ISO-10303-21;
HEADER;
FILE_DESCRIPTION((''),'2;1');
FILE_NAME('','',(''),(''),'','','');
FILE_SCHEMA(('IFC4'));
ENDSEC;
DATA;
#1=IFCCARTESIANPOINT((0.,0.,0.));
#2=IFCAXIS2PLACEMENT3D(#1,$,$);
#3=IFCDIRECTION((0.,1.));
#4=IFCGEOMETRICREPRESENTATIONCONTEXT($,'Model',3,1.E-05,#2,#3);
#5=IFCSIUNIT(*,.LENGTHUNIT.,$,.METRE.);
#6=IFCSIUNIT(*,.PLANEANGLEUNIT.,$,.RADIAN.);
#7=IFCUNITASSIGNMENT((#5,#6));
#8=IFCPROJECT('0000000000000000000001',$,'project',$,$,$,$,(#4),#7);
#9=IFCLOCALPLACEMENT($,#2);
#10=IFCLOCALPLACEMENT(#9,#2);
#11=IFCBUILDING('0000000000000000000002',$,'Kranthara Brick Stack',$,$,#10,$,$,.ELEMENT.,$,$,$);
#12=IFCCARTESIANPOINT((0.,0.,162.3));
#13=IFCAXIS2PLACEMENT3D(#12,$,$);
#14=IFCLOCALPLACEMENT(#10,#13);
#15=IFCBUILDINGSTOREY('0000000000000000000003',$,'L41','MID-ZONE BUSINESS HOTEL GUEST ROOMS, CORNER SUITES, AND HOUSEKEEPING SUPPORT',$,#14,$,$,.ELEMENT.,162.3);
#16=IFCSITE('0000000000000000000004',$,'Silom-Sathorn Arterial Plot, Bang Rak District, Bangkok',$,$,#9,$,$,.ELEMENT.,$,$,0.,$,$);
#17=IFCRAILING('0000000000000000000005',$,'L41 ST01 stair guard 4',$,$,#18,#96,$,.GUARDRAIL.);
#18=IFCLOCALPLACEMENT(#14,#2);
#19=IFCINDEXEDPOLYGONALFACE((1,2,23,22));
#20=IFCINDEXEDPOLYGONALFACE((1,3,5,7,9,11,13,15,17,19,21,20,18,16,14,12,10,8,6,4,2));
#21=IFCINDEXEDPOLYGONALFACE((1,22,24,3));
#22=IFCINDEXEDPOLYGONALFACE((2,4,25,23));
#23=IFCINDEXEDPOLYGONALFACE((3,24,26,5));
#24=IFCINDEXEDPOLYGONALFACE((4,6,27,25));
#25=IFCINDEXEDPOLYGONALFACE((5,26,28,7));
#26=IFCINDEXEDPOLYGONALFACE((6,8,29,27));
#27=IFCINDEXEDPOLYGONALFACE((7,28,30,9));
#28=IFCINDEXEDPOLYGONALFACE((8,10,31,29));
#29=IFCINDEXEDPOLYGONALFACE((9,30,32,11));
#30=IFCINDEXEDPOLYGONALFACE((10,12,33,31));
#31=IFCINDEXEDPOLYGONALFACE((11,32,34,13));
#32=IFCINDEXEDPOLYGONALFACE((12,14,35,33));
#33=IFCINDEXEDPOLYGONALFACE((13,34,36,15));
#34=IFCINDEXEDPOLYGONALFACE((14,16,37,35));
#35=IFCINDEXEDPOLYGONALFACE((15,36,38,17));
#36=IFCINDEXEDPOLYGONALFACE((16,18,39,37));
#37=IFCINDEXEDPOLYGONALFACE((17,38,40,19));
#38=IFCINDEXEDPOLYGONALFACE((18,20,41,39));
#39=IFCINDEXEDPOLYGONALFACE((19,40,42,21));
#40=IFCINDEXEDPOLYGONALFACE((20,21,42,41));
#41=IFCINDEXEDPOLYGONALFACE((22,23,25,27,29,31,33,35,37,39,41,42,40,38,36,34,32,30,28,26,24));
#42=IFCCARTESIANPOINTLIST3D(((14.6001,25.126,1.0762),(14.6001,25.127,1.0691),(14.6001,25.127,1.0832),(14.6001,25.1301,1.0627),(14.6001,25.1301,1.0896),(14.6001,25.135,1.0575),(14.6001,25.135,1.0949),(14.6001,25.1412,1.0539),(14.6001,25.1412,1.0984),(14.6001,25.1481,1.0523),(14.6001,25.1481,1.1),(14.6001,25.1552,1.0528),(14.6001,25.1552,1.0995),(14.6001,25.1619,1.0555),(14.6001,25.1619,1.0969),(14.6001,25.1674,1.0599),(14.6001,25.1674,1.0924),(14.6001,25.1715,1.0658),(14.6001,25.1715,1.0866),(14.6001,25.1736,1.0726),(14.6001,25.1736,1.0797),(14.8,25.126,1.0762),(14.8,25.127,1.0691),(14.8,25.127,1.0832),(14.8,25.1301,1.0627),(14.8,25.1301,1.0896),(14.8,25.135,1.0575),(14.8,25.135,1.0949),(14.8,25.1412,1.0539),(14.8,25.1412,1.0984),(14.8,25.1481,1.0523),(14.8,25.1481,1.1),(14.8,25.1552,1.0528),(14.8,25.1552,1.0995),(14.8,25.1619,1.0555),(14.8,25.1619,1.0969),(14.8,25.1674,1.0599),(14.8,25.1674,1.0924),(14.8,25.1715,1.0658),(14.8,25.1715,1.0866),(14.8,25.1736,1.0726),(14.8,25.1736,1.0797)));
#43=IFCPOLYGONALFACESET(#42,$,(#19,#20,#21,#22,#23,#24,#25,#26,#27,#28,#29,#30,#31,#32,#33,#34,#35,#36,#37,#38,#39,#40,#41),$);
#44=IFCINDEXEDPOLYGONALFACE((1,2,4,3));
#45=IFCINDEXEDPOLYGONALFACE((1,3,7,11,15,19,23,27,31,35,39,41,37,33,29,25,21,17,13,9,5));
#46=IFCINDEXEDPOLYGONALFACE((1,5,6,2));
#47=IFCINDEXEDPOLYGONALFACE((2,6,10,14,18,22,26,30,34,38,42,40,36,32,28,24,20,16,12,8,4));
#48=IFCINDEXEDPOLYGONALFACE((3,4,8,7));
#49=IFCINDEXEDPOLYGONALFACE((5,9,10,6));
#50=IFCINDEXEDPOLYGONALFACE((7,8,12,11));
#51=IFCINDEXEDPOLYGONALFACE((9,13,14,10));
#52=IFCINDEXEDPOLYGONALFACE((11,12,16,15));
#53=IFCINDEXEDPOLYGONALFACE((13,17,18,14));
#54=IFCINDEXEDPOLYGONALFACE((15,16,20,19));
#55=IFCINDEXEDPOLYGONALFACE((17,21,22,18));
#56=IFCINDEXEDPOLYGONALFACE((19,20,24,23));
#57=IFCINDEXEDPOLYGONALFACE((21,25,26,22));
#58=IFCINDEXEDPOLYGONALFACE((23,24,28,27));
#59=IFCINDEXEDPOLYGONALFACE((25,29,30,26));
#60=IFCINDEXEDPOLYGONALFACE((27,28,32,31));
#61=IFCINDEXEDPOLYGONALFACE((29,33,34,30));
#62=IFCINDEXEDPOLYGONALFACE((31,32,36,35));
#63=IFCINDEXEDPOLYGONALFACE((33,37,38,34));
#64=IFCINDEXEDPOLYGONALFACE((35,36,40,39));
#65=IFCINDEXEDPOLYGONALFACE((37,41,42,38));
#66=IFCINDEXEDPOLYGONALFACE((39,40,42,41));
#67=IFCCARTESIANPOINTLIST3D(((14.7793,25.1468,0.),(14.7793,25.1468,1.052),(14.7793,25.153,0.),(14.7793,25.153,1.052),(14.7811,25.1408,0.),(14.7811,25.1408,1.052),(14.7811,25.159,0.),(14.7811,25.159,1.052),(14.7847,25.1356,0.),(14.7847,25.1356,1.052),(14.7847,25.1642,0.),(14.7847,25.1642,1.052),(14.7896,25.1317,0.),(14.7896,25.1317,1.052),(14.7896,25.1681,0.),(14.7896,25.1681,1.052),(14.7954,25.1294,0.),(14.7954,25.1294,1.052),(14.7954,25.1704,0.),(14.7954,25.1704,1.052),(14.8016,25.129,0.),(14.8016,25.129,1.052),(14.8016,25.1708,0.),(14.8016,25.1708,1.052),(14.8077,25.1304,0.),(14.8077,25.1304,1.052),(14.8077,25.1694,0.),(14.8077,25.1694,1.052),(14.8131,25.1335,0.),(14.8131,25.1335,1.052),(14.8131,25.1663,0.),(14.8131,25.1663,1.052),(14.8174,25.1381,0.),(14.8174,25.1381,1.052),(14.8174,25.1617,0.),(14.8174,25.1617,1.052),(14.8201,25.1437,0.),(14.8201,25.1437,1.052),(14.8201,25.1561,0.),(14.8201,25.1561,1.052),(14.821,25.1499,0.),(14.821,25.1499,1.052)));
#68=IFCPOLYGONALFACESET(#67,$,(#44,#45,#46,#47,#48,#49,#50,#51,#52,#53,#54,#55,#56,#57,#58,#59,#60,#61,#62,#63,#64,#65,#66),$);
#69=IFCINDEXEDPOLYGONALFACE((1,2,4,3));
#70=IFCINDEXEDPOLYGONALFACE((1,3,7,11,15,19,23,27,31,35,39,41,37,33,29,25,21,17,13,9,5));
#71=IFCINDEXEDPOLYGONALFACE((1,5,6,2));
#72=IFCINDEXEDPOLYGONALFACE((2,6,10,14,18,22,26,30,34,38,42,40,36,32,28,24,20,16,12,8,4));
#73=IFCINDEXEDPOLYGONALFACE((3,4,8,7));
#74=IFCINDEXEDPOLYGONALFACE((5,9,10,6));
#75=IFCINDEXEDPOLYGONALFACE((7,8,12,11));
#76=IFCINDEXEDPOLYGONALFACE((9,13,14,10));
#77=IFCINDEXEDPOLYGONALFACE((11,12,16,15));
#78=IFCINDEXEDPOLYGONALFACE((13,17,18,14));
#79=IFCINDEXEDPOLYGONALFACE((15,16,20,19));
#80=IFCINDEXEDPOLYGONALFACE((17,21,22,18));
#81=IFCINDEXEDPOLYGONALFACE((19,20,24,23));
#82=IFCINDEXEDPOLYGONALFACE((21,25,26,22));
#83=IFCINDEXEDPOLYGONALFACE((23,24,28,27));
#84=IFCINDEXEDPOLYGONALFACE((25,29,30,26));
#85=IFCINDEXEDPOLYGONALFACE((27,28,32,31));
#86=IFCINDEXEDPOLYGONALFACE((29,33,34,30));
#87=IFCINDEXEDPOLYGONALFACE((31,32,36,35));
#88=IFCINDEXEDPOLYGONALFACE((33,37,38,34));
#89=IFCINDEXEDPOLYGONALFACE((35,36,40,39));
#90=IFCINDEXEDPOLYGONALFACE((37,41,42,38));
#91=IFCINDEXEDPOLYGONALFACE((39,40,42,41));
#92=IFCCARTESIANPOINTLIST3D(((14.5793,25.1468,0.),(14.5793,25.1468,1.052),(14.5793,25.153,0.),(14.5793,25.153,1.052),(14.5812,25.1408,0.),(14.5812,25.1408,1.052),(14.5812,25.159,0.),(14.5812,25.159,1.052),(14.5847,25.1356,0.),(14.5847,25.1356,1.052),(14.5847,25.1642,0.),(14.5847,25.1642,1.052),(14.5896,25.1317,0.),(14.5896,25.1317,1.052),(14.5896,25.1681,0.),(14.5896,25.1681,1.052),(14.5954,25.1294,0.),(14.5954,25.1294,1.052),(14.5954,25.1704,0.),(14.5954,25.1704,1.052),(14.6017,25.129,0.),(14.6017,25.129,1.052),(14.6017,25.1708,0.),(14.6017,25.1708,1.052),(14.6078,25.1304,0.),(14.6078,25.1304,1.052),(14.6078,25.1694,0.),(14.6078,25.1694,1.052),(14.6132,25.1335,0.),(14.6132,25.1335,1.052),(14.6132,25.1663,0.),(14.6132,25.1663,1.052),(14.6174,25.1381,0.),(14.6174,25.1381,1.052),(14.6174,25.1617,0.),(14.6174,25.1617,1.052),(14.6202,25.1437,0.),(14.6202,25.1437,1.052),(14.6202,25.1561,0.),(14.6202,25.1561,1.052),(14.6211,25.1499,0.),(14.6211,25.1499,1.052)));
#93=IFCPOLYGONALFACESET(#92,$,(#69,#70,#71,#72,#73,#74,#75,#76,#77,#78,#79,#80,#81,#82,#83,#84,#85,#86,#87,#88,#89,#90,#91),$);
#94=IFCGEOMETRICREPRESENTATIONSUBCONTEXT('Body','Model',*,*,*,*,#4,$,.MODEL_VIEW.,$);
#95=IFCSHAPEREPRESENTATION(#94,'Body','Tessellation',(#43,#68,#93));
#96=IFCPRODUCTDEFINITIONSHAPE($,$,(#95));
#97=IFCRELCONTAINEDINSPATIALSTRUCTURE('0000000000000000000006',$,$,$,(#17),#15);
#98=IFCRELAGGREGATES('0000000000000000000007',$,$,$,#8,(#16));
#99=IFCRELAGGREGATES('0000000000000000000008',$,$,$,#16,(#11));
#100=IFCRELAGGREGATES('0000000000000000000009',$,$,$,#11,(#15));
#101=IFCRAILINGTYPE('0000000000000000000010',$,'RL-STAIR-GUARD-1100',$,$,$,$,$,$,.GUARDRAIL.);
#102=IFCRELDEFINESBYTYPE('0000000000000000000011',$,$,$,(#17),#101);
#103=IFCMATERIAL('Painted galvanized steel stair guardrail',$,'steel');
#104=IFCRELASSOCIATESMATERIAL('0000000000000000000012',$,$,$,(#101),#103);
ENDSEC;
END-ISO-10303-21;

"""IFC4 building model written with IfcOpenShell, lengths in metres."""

from ifc_helpers import new_model, si_unit, direction, frame, origin, origin_2d, place, context, subcontext, project, spatial, circle, extrude, material, type_object, element, save


model = new_model("IFC4")

# Units and contexts
model_context = context("Model", 3, precision=1e-05, world=origin(), true_north=direction((0.0, 1.0)))
body_context = subcontext(model_context, "Body", "Model", "MODEL_VIEW")
ifc_project = project(units=[si_unit("LENGTHUNIT", "METRE"), si_unit("PLANEANGLEUNIT", "RADIAN")], contexts=[model_context])

# Site, building, storey
site_placement = place(None, origin())
site = spatial("IfcSite", under=ifc_project, at=site_placement, Name="Silom-Sathorn Arterial Plot, Bang Rak District, Bangkok", CompositionType="ELEMENT", RefElevation=0.0)
building_placement = place(site_placement, origin())
building = spatial("IfcBuilding", under=site, at=building_placement, Name="Kranthara Brick Stack", CompositionType="ELEMENT")
storey_placement = place(building_placement, frame((0.0, 0.0, 162.3)))
storey = spatial("IfcBuildingStorey", under=building, at=storey_placement, Name="L41", Description="MID-ZONE BUSINESS HOTEL GUEST ROOMS, CORNER SUITES, AND HOUSEKEEPING SUPPORT", CompositionType="ELEMENT", Elevation=162.3)

# Railing
ifc_material_1 = material(Name="Painted galvanized steel stair guardrail", Category="steel")
railing_type_1 = type_object("IfcRailingType", Name="RL-STAIR-GUARD-1100", PredefinedType="GUARDRAIL", material=ifc_material_1)
railing_1_placement = place(storey_placement, frame((14.8, 25.1499, 0.0)))
element("IfcRailing", 1, at=railing_1_placement, inside=storey, type_object=railing_type_1, Name="L41 ST01 stair guard 4", PredefinedType="GUARDRAIL", context=body_context, shape_type="SweptSolid", body=[
    extrude(circle(Radius=0.0239, at=origin_2d()), frame((0.0, 0.0, 1.0762), z_axis=(-1.0, 0.0, 0.0), x_axis=(0.0, -1.0, 0.0)), (0.0, 0.0, 1.0), 0.2),
    extrude(circle(Radius=0.021, at=origin_2d()), origin(), (0.0, 0.0, 1.0), 1.052),
    extrude(circle(Radius=0.021, at=origin_2d()), frame((-0.2, 0.0, 0.0)), (0.0, 0.0, 1.0), 1.052),
])

save(model, "model.ifc")
